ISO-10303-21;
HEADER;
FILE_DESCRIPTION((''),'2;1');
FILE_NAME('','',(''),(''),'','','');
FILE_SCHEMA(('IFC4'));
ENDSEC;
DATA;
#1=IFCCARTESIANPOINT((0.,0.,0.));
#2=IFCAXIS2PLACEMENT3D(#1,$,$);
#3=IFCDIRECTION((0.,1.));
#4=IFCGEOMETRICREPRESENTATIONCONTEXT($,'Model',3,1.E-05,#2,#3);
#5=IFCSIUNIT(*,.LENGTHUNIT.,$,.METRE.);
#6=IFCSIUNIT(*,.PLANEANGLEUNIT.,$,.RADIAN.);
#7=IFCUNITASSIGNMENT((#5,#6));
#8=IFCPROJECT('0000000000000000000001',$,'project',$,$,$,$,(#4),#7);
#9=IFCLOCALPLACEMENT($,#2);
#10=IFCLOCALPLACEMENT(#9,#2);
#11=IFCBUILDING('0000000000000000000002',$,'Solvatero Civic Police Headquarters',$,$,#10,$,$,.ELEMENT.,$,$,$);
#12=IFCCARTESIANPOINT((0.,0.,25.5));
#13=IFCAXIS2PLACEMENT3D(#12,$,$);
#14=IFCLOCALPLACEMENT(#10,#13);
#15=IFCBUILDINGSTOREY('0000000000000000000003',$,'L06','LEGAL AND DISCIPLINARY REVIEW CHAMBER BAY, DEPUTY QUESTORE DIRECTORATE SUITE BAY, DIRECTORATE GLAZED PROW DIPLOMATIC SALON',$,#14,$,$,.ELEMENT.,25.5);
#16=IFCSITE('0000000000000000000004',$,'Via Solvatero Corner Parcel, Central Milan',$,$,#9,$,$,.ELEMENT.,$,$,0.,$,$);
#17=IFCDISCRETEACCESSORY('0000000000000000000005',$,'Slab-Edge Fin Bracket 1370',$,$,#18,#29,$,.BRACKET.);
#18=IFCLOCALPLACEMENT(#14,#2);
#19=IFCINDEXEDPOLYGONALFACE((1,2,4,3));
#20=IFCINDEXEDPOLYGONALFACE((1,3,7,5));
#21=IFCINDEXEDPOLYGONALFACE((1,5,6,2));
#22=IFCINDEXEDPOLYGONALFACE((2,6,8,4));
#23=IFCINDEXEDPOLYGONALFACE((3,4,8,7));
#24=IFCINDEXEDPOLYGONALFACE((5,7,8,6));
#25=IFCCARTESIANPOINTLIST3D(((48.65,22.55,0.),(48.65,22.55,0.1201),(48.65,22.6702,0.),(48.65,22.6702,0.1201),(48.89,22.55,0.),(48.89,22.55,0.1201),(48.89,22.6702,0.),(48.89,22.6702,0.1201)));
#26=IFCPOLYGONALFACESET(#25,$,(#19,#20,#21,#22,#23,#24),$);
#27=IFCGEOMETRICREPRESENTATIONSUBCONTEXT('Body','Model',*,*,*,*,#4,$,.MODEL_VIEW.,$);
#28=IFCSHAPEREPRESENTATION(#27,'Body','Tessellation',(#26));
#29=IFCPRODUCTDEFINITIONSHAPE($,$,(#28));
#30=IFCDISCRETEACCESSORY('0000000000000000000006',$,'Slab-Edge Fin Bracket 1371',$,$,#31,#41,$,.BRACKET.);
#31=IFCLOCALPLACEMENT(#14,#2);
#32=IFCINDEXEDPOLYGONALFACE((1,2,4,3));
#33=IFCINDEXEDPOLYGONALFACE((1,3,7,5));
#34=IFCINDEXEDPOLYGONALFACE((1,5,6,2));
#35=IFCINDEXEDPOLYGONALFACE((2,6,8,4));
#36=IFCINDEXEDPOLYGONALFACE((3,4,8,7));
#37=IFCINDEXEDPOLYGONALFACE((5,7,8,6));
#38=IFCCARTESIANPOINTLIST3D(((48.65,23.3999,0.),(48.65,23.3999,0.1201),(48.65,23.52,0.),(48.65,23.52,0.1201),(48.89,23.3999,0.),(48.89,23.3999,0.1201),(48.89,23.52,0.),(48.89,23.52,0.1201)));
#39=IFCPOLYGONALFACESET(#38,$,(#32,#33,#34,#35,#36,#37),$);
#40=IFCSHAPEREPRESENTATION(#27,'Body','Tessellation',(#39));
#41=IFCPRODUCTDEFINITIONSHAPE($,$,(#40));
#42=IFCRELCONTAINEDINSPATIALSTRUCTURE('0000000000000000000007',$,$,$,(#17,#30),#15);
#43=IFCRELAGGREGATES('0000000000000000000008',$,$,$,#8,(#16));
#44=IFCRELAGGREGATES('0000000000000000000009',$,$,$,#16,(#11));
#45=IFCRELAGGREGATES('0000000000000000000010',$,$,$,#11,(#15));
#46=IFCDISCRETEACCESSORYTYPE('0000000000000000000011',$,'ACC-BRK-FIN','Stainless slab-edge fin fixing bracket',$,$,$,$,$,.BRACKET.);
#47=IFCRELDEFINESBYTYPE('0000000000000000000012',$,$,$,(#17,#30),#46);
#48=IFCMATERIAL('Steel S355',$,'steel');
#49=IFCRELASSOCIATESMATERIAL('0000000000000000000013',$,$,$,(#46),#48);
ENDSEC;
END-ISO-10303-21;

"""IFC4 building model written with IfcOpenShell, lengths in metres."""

from ifc_helpers import new_model, si_unit, direction, frame, origin, origin_2d, place, context, subcontext, project, spatial, rectangle, extrude, material, type_object, element, save


model = new_model("IFC4")

# Units and contexts
model_context = context("Model", 3, precision=1e-05, world=origin(), true_north=direction((0.0, 1.0)))
body_context = subcontext(model_context, "Body", "Model", "MODEL_VIEW")
ifc_project = project(units=[si_unit("LENGTHUNIT", "METRE"), si_unit("PLANEANGLEUNIT", "RADIAN")], contexts=[model_context])

# Site, building, storey
site_placement = place(None, origin())
site = spatial("IfcSite", under=ifc_project, at=site_placement, Name="Via Solvatero Corner Parcel, Central Milan", CompositionType="ELEMENT", RefElevation=0.0)
building_placement = place(site_placement, origin())
building = spatial("IfcBuilding", under=site, at=building_placement, Name="Solvatero Civic Police Headquarters", CompositionType="ELEMENT")
storey_placement = place(building_placement, frame((0.0, 0.0, 25.5)))
storey = spatial("IfcBuildingStorey", under=building, at=storey_placement, Name="L06", Description="LEGAL AND DISCIPLINARY REVIEW CHAMBER BAY, DEPUTY QUESTORE DIRECTORATE SUITE BAY, DIRECTORATE GLAZED PROW DIPLOMATIC SALON", CompositionType="ELEMENT", Elevation=25.5)

# Shared definitions
ifc_material_1 = material(Name="Steel S355", Category="steel")

# Discrete accessories
discrete_accessory_type = type_object("IfcDiscreteAccessoryType", Name="ACC-BRK-FIN", Description="Stainless slab-edge fin fixing bracket", PredefinedType="BRACKET", material=ifc_material_1)
for number, where, z_axis, x_axis, name in (
    (1, (48.77, 22.6101, 0.0), (0.0, 0.0, 1.0), (0.0, 1.0, 0.0), "Slab-Edge Fin Bracket 1370"),
    (2, (48.77, 23.46, 0.0), (0.0, 0.0, 1.0), (0.0, 1.0, 0.0), "Slab-Edge Fin Bracket 1371"),
):
    element("IfcDiscreteAccessory", number, at=place(storey_placement, frame(where, z_axis=z_axis, x_axis=x_axis)), inside=storey, type_object=discrete_accessory_type, Name=name, PredefinedType="BRACKET", context=body_context, shape_type="SweptSolid", body=[
        extrude(rectangle(XDim=0.1201, YDim=0.24, at=origin_2d()), origin(), (0.0, 0.0, 1.0), 0.1201),
    ])

save(model, "model.ifc")
